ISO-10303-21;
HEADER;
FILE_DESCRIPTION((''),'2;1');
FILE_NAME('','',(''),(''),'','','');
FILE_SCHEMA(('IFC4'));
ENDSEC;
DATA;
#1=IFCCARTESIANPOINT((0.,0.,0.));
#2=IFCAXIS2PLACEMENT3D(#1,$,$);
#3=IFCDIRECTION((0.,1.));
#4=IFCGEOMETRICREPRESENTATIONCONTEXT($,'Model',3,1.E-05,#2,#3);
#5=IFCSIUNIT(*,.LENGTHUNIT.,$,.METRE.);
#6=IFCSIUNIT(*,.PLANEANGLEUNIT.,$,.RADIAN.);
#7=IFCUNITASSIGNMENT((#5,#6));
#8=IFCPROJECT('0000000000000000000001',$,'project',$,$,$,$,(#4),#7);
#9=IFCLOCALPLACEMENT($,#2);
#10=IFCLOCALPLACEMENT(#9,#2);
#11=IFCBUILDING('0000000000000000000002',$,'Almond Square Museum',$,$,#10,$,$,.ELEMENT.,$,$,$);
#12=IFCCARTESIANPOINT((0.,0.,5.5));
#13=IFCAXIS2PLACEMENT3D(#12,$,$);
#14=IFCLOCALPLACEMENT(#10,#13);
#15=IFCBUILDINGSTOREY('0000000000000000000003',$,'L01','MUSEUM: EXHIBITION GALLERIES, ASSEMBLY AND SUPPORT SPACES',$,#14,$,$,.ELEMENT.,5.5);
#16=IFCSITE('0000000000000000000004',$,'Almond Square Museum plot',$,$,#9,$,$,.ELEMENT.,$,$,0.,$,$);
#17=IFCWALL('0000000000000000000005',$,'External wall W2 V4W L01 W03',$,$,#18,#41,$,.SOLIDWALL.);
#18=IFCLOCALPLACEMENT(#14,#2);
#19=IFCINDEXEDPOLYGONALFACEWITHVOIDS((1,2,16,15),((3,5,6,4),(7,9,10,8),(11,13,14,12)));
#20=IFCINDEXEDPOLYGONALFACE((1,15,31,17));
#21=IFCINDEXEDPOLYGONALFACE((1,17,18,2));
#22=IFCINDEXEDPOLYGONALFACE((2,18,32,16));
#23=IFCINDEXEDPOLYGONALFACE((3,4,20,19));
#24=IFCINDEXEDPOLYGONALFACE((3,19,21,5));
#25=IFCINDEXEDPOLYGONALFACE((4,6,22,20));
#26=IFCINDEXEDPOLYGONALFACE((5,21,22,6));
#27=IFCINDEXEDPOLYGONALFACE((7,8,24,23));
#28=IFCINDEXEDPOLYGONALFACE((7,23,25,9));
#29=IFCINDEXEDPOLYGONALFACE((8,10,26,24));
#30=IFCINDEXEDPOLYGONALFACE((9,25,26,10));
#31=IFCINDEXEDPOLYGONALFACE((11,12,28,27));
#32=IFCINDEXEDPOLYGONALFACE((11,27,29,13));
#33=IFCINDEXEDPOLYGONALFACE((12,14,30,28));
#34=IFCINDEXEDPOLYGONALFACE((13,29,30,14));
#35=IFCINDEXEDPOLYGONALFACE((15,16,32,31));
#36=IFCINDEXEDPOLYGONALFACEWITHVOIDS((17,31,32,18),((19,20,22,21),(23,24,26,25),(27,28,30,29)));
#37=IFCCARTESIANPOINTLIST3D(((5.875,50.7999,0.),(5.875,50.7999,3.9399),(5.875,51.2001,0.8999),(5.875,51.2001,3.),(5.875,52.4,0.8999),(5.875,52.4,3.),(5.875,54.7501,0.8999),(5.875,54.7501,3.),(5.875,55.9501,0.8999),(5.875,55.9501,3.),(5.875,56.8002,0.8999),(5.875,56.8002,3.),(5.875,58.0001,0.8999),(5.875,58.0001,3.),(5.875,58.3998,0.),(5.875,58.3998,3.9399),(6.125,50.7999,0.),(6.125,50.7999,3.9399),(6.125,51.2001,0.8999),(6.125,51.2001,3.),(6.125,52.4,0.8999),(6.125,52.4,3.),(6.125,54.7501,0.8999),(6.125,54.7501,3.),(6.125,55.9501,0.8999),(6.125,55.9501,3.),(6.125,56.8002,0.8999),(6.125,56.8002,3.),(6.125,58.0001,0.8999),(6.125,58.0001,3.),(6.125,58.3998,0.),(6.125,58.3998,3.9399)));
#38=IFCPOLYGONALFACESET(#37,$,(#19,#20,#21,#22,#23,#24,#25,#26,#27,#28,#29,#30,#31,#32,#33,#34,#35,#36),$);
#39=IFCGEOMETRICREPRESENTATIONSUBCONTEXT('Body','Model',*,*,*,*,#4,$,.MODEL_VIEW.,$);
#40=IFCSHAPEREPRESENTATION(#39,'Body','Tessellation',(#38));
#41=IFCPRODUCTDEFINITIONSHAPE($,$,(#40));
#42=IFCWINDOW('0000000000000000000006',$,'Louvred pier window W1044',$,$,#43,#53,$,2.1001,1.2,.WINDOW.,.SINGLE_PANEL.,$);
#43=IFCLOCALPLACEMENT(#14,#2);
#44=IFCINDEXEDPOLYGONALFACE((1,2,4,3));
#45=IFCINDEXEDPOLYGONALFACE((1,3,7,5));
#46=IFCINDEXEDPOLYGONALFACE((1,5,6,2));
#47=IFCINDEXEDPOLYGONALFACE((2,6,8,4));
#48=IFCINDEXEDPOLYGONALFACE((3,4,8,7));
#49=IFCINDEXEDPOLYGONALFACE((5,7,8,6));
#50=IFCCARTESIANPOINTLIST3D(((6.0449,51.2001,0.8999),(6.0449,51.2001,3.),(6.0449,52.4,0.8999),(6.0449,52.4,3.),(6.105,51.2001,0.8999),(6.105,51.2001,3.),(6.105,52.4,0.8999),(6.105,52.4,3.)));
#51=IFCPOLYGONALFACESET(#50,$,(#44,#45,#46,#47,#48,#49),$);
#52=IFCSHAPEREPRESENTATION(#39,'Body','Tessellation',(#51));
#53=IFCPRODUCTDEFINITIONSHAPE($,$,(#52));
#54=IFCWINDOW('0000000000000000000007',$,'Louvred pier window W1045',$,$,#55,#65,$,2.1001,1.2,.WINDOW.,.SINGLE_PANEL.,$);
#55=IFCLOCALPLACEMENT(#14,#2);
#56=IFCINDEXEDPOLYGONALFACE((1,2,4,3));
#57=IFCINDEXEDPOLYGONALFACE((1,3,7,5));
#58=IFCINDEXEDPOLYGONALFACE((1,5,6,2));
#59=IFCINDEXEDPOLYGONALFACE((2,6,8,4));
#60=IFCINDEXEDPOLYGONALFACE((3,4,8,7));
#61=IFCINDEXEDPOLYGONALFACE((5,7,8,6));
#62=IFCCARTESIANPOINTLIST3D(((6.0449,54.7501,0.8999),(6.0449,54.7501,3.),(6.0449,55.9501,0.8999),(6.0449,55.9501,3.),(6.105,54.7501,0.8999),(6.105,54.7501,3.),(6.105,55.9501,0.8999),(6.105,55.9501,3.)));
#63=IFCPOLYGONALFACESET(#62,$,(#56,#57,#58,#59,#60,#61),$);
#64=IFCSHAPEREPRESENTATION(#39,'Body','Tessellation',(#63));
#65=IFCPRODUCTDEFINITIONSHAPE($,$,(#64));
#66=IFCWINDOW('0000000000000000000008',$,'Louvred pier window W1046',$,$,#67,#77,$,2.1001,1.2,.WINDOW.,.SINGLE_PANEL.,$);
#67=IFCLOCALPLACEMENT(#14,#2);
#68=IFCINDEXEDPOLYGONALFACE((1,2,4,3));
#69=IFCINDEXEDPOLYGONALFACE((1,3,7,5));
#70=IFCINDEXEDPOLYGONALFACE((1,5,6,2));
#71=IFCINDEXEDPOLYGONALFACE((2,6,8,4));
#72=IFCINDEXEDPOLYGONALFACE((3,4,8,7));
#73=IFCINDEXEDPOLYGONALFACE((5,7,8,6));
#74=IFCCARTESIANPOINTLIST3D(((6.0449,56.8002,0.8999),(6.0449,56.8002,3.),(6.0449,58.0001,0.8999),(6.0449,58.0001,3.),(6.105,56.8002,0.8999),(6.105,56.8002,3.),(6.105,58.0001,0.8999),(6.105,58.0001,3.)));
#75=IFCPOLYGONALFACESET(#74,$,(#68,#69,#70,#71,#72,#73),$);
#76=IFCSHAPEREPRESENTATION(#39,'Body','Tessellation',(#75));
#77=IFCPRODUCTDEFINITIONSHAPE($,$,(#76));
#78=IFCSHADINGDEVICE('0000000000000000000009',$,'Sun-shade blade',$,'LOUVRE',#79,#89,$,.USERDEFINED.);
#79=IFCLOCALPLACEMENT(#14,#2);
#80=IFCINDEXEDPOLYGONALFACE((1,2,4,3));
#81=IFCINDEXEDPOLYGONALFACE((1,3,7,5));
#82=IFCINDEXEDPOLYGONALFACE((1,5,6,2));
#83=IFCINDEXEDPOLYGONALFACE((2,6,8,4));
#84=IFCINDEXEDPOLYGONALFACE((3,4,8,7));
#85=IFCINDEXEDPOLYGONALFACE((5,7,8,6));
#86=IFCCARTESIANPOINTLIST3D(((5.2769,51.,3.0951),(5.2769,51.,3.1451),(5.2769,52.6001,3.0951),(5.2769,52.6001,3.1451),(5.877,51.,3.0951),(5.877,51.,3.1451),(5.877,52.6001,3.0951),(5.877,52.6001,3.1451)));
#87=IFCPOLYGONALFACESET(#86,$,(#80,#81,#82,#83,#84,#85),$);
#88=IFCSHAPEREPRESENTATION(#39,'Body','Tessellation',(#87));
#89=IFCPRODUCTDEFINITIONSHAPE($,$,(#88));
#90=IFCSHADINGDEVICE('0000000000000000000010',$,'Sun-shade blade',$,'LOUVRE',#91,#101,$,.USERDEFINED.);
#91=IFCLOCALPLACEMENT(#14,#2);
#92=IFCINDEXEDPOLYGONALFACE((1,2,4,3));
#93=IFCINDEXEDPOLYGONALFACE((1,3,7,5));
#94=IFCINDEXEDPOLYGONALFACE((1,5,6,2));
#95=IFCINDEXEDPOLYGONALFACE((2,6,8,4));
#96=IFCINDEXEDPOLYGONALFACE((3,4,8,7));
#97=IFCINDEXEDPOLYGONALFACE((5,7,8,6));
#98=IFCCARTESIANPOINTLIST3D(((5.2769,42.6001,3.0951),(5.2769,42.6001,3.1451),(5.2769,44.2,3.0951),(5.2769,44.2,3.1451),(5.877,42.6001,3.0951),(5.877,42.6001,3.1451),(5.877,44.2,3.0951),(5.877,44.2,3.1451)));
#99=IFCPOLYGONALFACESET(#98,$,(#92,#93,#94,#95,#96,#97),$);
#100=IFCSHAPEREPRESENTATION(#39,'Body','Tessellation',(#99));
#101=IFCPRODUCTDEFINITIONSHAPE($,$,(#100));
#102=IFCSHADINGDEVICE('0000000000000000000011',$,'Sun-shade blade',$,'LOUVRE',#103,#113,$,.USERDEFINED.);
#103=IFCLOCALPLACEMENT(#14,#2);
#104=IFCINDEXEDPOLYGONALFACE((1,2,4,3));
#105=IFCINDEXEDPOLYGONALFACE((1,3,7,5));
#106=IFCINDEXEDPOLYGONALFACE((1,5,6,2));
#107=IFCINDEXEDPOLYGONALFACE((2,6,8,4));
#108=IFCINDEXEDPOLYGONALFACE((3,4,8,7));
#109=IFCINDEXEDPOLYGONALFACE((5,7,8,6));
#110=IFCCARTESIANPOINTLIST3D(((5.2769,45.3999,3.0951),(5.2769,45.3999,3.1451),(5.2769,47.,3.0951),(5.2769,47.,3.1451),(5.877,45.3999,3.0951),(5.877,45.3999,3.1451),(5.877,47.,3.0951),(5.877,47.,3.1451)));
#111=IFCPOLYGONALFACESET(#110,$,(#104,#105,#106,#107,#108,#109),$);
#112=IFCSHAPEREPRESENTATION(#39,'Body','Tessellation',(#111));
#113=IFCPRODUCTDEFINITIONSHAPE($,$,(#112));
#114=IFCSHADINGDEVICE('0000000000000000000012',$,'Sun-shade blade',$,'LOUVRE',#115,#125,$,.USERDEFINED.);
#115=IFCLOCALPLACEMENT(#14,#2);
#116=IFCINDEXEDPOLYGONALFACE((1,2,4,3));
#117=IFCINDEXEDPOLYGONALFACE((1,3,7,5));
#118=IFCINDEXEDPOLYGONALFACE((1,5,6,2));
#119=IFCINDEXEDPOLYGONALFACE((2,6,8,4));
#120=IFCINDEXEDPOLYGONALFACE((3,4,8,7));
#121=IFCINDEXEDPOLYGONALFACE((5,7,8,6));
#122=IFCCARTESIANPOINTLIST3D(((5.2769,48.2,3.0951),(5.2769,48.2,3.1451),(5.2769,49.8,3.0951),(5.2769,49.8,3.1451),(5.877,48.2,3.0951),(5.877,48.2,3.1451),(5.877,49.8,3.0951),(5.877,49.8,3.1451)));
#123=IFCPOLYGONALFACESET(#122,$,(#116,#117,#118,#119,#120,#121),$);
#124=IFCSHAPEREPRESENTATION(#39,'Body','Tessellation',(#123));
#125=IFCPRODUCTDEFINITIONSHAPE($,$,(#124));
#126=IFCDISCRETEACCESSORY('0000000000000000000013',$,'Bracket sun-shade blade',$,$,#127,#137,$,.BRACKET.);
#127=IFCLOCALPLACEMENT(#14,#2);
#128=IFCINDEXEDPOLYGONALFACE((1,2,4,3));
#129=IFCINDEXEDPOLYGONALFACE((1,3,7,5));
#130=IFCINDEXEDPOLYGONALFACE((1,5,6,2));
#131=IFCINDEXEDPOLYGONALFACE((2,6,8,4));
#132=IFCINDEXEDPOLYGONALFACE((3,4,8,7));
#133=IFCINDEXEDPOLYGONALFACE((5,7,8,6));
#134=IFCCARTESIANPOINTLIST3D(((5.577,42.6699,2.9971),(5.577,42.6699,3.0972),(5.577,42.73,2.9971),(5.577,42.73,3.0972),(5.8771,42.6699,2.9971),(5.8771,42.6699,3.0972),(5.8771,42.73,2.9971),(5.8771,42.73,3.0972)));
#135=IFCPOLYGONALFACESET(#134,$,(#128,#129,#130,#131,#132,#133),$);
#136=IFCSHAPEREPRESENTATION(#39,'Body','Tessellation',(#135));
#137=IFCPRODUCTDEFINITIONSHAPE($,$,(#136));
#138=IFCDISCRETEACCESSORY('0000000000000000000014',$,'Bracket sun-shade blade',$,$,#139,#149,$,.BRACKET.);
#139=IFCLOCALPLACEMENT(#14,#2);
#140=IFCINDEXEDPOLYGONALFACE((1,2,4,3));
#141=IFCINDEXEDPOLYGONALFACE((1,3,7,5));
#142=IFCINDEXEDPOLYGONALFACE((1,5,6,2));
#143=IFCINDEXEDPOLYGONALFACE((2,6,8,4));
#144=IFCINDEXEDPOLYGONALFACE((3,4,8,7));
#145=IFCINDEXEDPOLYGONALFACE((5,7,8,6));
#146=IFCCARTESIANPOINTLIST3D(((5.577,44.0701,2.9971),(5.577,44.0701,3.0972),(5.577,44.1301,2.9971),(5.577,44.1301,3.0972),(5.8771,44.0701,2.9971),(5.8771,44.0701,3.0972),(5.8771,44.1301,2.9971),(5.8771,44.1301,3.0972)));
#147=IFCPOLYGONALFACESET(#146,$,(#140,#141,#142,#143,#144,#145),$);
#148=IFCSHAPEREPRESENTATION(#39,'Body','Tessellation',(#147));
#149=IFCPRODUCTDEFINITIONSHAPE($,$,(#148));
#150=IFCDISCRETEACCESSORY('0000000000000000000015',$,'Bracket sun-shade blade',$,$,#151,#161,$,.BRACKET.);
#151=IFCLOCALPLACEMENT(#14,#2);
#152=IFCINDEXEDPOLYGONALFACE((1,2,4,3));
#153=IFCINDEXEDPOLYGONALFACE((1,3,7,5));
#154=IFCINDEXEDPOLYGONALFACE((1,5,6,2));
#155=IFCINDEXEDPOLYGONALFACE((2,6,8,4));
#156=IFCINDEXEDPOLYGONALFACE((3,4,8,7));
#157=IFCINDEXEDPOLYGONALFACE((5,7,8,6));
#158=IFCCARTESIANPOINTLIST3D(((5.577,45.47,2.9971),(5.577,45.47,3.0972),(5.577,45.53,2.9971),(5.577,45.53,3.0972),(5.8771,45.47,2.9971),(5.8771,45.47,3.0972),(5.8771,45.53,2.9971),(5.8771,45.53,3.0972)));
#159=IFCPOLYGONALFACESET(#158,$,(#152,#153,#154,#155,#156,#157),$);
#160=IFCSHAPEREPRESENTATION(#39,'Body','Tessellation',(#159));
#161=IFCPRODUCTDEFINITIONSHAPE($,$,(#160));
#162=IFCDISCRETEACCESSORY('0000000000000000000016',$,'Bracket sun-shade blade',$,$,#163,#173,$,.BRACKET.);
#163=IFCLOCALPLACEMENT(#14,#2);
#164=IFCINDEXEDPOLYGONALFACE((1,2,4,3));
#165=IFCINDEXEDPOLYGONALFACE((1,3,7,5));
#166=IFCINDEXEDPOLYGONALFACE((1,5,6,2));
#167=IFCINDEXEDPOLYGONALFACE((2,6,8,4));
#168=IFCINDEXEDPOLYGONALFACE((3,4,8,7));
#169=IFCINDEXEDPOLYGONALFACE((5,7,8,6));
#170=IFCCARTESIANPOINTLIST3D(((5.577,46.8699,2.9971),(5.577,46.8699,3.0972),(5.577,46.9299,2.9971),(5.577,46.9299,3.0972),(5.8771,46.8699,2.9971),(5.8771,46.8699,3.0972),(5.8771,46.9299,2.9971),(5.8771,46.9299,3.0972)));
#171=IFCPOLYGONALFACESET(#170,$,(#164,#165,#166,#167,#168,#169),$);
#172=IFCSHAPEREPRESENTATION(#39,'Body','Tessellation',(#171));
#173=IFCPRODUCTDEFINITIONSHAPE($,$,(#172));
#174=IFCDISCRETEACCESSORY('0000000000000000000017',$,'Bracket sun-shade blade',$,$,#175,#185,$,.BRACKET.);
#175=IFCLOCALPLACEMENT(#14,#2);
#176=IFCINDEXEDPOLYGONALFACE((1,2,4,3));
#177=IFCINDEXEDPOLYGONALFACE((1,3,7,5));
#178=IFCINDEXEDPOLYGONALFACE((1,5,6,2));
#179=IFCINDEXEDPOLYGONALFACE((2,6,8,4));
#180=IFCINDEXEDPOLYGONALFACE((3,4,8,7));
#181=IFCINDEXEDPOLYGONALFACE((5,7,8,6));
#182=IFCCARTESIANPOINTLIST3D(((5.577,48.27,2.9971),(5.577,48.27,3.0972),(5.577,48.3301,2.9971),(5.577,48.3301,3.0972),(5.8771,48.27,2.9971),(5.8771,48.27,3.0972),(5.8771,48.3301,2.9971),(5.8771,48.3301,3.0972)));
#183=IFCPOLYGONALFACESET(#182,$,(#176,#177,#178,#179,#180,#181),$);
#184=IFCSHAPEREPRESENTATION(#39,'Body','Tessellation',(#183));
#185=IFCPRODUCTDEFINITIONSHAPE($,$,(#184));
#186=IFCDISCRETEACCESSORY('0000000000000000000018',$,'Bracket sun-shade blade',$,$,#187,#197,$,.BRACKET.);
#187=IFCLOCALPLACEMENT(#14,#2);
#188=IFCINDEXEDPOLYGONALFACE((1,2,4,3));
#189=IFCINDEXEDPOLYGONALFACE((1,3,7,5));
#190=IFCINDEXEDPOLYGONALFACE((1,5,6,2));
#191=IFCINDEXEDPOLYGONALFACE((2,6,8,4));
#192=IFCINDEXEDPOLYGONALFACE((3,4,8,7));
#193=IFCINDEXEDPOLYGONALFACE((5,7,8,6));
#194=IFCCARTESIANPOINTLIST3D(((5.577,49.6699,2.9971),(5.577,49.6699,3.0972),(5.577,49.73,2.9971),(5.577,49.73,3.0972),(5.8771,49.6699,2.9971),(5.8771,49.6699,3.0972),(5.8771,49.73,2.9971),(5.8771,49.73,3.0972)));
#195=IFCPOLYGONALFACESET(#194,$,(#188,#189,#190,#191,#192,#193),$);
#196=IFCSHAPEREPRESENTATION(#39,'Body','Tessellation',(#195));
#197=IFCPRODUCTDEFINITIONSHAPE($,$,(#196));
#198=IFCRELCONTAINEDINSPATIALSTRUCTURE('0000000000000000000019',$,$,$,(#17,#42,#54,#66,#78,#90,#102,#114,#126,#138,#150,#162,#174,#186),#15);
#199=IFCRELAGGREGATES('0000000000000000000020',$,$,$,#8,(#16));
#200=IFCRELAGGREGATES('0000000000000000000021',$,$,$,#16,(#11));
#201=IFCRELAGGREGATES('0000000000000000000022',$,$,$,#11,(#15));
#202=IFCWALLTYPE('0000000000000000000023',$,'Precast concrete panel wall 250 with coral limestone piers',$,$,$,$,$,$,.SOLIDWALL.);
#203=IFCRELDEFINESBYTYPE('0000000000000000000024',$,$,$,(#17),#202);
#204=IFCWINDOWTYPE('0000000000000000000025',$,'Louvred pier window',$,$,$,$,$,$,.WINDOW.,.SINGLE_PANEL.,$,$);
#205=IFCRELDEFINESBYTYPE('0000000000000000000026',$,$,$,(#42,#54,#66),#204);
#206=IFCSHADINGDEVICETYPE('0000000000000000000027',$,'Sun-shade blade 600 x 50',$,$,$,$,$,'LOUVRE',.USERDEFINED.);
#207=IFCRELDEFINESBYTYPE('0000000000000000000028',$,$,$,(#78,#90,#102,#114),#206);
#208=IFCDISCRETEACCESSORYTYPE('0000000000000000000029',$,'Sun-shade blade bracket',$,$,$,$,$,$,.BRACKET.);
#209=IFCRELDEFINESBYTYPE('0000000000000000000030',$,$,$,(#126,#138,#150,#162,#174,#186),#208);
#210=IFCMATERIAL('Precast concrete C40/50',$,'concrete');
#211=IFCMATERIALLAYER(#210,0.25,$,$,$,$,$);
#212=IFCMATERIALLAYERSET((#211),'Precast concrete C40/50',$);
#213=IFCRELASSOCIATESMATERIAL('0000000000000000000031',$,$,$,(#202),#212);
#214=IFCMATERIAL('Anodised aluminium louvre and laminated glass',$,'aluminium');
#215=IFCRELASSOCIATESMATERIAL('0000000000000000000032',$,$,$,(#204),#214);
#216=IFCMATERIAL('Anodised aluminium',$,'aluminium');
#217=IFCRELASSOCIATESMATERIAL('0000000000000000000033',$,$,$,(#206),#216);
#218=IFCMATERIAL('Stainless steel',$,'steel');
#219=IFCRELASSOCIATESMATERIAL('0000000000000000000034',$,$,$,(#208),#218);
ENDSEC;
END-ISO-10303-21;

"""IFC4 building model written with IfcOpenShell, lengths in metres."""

from ifc_helpers import new_model, si_unit, direction, frame, frame_2d, origin, origin_2d, place, context, subcontext, project, spatial, rectangle, extrude, material, layer, layer_set, material_profile, profile_set, type_object, element, fill, save


model = new_model("IFC4")

# Units and contexts
model_context = context("Model", 3, precision=1e-05, world=origin(), true_north=direction((0.0, 1.0)))
body_context = subcontext(model_context, "Body", "Model", "MODEL_VIEW")
ifc_project = project(units=[si_unit("LENGTHUNIT", "METRE"), si_unit("PLANEANGLEUNIT", "RADIAN")], contexts=[model_context])

# Site, building, storey
site_placement = place(None, origin())
site = spatial("IfcSite", under=ifc_project, at=site_placement, Name="Almond Square Museum plot", CompositionType="ELEMENT", RefElevation=0.0)
building_placement = place(site_placement, origin())
building = spatial("IfcBuilding", under=site, at=building_placement, Name="Almond Square Museum", CompositionType="ELEMENT")
storey_placement = place(building_placement, frame((0.0, 0.0, 5.5)))
storey = spatial("IfcBuildingStorey", under=building, at=storey_placement, Name="L01", Description="MUSEUM: EXHIBITION GALLERIES, ASSEMBLY AND SUPPORT SPACES", CompositionType="ELEMENT", Elevation=5.5)

# Wall, openings, windows
ifc_material_1 = material(Name="Precast concrete C40/50", Category="concrete")
ifc_layer_1 = layer(ifc_material_1, 0.25)
ifc_layer_set_1 = layer_set([ifc_layer_1], Name="Precast concrete C40/50")
wall_type_1 = type_object("IfcWallType", Name="Precast concrete panel wall 250 with coral limestone piers", PredefinedType="SOLIDWALL", material=ifc_layer_set_1)
wall_1_placement = place(storey_placement, frame((6.0, 50.8, 0.0), z_axis=(0.0, 0.0, 1.0), x_axis=(0.0, 1.0, 0.0)))
wall_1 = element("IfcWall", 1, at=wall_1_placement, inside=storey, type_object=wall_type_1, Name="External wall W2 V4W L01 W03", PredefinedType="SOLIDWALL", context=body_context, shape_type="SweptSolid", body=[
    extrude(rectangle(XDim=7.5999, YDim=0.25, at=frame_2d((3.7998, 0.0))), origin(), (0.0, 0.0, 1.0), 3.9399),
])
opening_1_placement = place(wall_1_placement, frame((0.3999, 0.0, 0.8999)))
opening_1 = element("IfcOpeningElement", 2, at=opening_1_placement, cuts=wall_1, PredefinedType="OPENING", context=body_context, shape_type="SweptSolid", body=[
    extrude(rectangle(XDim=1.2, YDim=2.1001, at=frame_2d((0.6001, 1.05))), frame((0.0, 0.135, 0.0), z_axis=(0.0, -1.0, 0.0), x_axis=(1.0, 0.0, 0.0)), (0.0, 0.0, 1.0), 0.27),
])
opening_2_placement = place(wall_1_placement, frame((3.95, 0.0, 0.8999)))
opening_2 = element("IfcOpeningElement", 3, at=opening_2_placement, cuts=wall_1, PredefinedType="OPENING", context=body_context, shape_type="SweptSolid", body=[
    extrude(rectangle(XDim=1.2, YDim=2.1001, at=frame_2d((0.6001, 1.05))), frame((0.0, 0.135, 0.0), z_axis=(0.0, -1.0, 0.0), x_axis=(1.0, 0.0, 0.0)), (0.0, 0.0, 1.0), 0.27),
])
opening_3_placement = place(wall_1_placement, frame((6.0, 0.0, 0.8999)))
opening_3 = element("IfcOpeningElement", 4, at=opening_3_placement, cuts=wall_1, PredefinedType="OPENING", context=body_context, shape_type="SweptSolid", body=[
    extrude(rectangle(XDim=1.2, YDim=2.1001, at=frame_2d((0.6001, 1.05))), frame((0.0, 0.135, 0.0), z_axis=(0.0, -1.0, 0.0), x_axis=(1.0, 0.0, 0.0)), (0.0, 0.0, 1.0), 0.27),
])
ifc_material_2 = material(Name="Anodised aluminium louvre and laminated glass", Category="aluminium")
window_type = type_object("IfcWindowType", Name="Louvred pier window", PartitioningType="SINGLE_PANEL", PredefinedType="WINDOW", material=ifc_material_2)
window_1_placement = place(opening_1_placement, origin())
window_1 = element("IfcWindow", 5, at=window_1_placement, inside=storey, type_object=window_type, Name="Louvred pier window W1044", OverallHeight=2.1001, OverallWidth=1.2, PartitioningType="SINGLE_PANEL", PredefinedType="WINDOW", context=body_context, shape_type="SweptSolid", body=[
    extrude(rectangle(XDim=1.2, YDim=2.1001, at=frame_2d((0.6001, 1.05))), frame((0.0, -0.0449, 0.0), z_axis=(0.0, -1.0, 0.0), x_axis=(1.0, 0.0, 0.0)), (0.0, 0.0, 1.0), 0.0601),
])
fill(opening_1, window_1)
window_2_placement = place(opening_2_placement, origin())
window_2 = element("IfcWindow", 6, at=window_2_placement, inside=storey, type_object=window_type, Name="Louvred pier window W1045", OverallHeight=2.1001, OverallWidth=1.2, PartitioningType="SINGLE_PANEL", PredefinedType="WINDOW", context=body_context, shape_type="SweptSolid", body=[
    extrude(rectangle(XDim=1.2, YDim=2.1001, at=frame_2d((0.6001, 1.05))), frame((0.0, -0.0449, 0.0), z_axis=(0.0, -1.0, 0.0), x_axis=(1.0, 0.0, 0.0)), (0.0, 0.0, 1.0), 0.0601),
])
fill(opening_2, window_2)
window_3_placement = place(opening_3_placement, origin())
window_3 = element("IfcWindow", 7, at=window_3_placement, inside=storey, type_object=window_type, Name="Louvred pier window W1046", OverallHeight=2.1001, OverallWidth=1.2, PartitioningType="SINGLE_PANEL", PredefinedType="WINDOW", context=body_context, shape_type="SweptSolid", body=[
    extrude(rectangle(XDim=1.2, YDim=2.1001, at=frame_2d((0.6001, 1.05))), frame((0.0, -0.0449, 0.0), z_axis=(0.0, -1.0, 0.0), x_axis=(1.0, 0.0, 0.0)), (0.0, 0.0, 1.0), 0.0601),
])
fill(opening_3, window_3)

# Shading devices
ifc_material_3 = material(Name="Anodised aluminium", Category="aluminium")
ifc_material_profile_1 = material_profile(ifc_material_3, rectangle(XDim=0.6001, YDim=0.05, at=origin_2d()))
ifc_profile_set_1 = profile_set([ifc_material_profile_1], Name="Anodised aluminium")
shading_device_type = type_object("IfcShadingDeviceType", Name="Sun-shade blade 600 x 50", ElementType="LOUVRE", PredefinedType="USERDEFINED", material=ifc_profile_set_1)
shading_device_1_placement = place(storey_placement, frame((5.5769, 51.0, 3.1201), z_axis=(0.0, 1.0, 0.0), x_axis=(-1.0, 0.0, 0.0)))
element("IfcShadingDevice", 8, at=shading_device_1_placement, inside=storey, type_object=shading_device_type, Name="Sun-shade blade", ObjectType="LOUVRE", PredefinedType="USERDEFINED", context=body_context, shape_type="SweptSolid", body=[
    extrude(rectangle(XDim=0.6001, YDim=0.05, at=origin_2d()), origin(), (0.0, 0.0, 1.0), 1.6001),
])
shading_device_2_placement = place(storey_placement, frame((5.5769, 42.6001, 3.1201), z_axis=(0.0, 1.0, 0.0), x_axis=(-1.0, 0.0, 0.0)))
element("IfcShadingDevice", 9, at=shading_device_2_placement, inside=storey, type_object=shading_device_type, Name="Sun-shade blade", ObjectType="LOUVRE", PredefinedType="USERDEFINED", context=body_context, shape_type="SweptSolid", body=[
    extrude(rectangle(XDim=0.6001, YDim=0.05, at=origin_2d()), origin(), (0.0, 0.0, 1.0), 1.5999),
])
for number, where, z_axis, x_axis, name in (
    (10, (5.5769, 45.3999, 3.1201), (0.0, 1.0, 0.0), (-1.0, 0.0, 0.0), "Sun-shade blade"),
    (11, (5.5769, 48.2, 3.1201), (0.0, 1.0, 0.0), (-1.0, 0.0, 0.0), "Sun-shade blade"),
):
    element("IfcShadingDevice", number, at=place(storey_placement, frame(where, z_axis=z_axis, x_axis=x_axis)), inside=storey, type_object=shading_device_type, Name=name, ObjectType="LOUVRE", PredefinedType="USERDEFINED", context=body_context, shape_type="SweptSolid", body=[
        extrude(rectangle(XDim=0.6001, YDim=0.05, at=origin_2d()), origin(), (0.0, 0.0, 1.0), 1.6001),
    ])

# Discrete accessories
ifc_material_4 = material(Name="Stainless steel", Category="steel")
discrete_accessory_type = type_object("IfcDiscreteAccessoryType", Name="Sun-shade blade bracket", PredefinedType="BRACKET", material=ifc_material_4)
for number, where, z_axis, x_axis, name in (
    (12, (5.7271, 42.7, 2.9971), (0.0, 0.0, 1.0), (1.0, 0.0, 0.0), "Bracket sun-shade blade"),
    (13, (5.7271, 44.1001, 2.9971), (0.0, 0.0, 1.0), (1.0, 0.0, 0.0), "Bracket sun-shade blade"),
    (14, (5.7271, 45.5, 2.9971), (0.0, 0.0, 1.0), (1.0, 0.0, 0.0), "Bracket sun-shade blade"),
    (15, (5.7271, 46.8999, 2.9971), (0.0, 0.0, 1.0), (1.0, 0.0, 0.0), "Bracket sun-shade blade"),
    (16, (5.7271, 48.3, 2.9971), (0.0, 0.0, 1.0), (1.0, 0.0, 0.0), "Bracket sun-shade blade"),
    (17, (5.7271, 49.7, 2.9971), (0.0, 0.0, 1.0), (1.0, 0.0, 0.0), "Bracket sun-shade blade"),
):
    element("IfcDiscreteAccessory", number, at=place(storey_placement, frame(where, z_axis=z_axis, x_axis=x_axis)), inside=storey, type_object=discrete_accessory_type, Name=name, PredefinedType="BRACKET", context=body_context, shape_type="SweptSolid", body=[
        extrude(rectangle(XDim=0.3, YDim=0.0601, at=origin_2d()), origin(), (0.0, 0.0, 1.0), 0.1001),
    ])

save(model, "model.ifc")
